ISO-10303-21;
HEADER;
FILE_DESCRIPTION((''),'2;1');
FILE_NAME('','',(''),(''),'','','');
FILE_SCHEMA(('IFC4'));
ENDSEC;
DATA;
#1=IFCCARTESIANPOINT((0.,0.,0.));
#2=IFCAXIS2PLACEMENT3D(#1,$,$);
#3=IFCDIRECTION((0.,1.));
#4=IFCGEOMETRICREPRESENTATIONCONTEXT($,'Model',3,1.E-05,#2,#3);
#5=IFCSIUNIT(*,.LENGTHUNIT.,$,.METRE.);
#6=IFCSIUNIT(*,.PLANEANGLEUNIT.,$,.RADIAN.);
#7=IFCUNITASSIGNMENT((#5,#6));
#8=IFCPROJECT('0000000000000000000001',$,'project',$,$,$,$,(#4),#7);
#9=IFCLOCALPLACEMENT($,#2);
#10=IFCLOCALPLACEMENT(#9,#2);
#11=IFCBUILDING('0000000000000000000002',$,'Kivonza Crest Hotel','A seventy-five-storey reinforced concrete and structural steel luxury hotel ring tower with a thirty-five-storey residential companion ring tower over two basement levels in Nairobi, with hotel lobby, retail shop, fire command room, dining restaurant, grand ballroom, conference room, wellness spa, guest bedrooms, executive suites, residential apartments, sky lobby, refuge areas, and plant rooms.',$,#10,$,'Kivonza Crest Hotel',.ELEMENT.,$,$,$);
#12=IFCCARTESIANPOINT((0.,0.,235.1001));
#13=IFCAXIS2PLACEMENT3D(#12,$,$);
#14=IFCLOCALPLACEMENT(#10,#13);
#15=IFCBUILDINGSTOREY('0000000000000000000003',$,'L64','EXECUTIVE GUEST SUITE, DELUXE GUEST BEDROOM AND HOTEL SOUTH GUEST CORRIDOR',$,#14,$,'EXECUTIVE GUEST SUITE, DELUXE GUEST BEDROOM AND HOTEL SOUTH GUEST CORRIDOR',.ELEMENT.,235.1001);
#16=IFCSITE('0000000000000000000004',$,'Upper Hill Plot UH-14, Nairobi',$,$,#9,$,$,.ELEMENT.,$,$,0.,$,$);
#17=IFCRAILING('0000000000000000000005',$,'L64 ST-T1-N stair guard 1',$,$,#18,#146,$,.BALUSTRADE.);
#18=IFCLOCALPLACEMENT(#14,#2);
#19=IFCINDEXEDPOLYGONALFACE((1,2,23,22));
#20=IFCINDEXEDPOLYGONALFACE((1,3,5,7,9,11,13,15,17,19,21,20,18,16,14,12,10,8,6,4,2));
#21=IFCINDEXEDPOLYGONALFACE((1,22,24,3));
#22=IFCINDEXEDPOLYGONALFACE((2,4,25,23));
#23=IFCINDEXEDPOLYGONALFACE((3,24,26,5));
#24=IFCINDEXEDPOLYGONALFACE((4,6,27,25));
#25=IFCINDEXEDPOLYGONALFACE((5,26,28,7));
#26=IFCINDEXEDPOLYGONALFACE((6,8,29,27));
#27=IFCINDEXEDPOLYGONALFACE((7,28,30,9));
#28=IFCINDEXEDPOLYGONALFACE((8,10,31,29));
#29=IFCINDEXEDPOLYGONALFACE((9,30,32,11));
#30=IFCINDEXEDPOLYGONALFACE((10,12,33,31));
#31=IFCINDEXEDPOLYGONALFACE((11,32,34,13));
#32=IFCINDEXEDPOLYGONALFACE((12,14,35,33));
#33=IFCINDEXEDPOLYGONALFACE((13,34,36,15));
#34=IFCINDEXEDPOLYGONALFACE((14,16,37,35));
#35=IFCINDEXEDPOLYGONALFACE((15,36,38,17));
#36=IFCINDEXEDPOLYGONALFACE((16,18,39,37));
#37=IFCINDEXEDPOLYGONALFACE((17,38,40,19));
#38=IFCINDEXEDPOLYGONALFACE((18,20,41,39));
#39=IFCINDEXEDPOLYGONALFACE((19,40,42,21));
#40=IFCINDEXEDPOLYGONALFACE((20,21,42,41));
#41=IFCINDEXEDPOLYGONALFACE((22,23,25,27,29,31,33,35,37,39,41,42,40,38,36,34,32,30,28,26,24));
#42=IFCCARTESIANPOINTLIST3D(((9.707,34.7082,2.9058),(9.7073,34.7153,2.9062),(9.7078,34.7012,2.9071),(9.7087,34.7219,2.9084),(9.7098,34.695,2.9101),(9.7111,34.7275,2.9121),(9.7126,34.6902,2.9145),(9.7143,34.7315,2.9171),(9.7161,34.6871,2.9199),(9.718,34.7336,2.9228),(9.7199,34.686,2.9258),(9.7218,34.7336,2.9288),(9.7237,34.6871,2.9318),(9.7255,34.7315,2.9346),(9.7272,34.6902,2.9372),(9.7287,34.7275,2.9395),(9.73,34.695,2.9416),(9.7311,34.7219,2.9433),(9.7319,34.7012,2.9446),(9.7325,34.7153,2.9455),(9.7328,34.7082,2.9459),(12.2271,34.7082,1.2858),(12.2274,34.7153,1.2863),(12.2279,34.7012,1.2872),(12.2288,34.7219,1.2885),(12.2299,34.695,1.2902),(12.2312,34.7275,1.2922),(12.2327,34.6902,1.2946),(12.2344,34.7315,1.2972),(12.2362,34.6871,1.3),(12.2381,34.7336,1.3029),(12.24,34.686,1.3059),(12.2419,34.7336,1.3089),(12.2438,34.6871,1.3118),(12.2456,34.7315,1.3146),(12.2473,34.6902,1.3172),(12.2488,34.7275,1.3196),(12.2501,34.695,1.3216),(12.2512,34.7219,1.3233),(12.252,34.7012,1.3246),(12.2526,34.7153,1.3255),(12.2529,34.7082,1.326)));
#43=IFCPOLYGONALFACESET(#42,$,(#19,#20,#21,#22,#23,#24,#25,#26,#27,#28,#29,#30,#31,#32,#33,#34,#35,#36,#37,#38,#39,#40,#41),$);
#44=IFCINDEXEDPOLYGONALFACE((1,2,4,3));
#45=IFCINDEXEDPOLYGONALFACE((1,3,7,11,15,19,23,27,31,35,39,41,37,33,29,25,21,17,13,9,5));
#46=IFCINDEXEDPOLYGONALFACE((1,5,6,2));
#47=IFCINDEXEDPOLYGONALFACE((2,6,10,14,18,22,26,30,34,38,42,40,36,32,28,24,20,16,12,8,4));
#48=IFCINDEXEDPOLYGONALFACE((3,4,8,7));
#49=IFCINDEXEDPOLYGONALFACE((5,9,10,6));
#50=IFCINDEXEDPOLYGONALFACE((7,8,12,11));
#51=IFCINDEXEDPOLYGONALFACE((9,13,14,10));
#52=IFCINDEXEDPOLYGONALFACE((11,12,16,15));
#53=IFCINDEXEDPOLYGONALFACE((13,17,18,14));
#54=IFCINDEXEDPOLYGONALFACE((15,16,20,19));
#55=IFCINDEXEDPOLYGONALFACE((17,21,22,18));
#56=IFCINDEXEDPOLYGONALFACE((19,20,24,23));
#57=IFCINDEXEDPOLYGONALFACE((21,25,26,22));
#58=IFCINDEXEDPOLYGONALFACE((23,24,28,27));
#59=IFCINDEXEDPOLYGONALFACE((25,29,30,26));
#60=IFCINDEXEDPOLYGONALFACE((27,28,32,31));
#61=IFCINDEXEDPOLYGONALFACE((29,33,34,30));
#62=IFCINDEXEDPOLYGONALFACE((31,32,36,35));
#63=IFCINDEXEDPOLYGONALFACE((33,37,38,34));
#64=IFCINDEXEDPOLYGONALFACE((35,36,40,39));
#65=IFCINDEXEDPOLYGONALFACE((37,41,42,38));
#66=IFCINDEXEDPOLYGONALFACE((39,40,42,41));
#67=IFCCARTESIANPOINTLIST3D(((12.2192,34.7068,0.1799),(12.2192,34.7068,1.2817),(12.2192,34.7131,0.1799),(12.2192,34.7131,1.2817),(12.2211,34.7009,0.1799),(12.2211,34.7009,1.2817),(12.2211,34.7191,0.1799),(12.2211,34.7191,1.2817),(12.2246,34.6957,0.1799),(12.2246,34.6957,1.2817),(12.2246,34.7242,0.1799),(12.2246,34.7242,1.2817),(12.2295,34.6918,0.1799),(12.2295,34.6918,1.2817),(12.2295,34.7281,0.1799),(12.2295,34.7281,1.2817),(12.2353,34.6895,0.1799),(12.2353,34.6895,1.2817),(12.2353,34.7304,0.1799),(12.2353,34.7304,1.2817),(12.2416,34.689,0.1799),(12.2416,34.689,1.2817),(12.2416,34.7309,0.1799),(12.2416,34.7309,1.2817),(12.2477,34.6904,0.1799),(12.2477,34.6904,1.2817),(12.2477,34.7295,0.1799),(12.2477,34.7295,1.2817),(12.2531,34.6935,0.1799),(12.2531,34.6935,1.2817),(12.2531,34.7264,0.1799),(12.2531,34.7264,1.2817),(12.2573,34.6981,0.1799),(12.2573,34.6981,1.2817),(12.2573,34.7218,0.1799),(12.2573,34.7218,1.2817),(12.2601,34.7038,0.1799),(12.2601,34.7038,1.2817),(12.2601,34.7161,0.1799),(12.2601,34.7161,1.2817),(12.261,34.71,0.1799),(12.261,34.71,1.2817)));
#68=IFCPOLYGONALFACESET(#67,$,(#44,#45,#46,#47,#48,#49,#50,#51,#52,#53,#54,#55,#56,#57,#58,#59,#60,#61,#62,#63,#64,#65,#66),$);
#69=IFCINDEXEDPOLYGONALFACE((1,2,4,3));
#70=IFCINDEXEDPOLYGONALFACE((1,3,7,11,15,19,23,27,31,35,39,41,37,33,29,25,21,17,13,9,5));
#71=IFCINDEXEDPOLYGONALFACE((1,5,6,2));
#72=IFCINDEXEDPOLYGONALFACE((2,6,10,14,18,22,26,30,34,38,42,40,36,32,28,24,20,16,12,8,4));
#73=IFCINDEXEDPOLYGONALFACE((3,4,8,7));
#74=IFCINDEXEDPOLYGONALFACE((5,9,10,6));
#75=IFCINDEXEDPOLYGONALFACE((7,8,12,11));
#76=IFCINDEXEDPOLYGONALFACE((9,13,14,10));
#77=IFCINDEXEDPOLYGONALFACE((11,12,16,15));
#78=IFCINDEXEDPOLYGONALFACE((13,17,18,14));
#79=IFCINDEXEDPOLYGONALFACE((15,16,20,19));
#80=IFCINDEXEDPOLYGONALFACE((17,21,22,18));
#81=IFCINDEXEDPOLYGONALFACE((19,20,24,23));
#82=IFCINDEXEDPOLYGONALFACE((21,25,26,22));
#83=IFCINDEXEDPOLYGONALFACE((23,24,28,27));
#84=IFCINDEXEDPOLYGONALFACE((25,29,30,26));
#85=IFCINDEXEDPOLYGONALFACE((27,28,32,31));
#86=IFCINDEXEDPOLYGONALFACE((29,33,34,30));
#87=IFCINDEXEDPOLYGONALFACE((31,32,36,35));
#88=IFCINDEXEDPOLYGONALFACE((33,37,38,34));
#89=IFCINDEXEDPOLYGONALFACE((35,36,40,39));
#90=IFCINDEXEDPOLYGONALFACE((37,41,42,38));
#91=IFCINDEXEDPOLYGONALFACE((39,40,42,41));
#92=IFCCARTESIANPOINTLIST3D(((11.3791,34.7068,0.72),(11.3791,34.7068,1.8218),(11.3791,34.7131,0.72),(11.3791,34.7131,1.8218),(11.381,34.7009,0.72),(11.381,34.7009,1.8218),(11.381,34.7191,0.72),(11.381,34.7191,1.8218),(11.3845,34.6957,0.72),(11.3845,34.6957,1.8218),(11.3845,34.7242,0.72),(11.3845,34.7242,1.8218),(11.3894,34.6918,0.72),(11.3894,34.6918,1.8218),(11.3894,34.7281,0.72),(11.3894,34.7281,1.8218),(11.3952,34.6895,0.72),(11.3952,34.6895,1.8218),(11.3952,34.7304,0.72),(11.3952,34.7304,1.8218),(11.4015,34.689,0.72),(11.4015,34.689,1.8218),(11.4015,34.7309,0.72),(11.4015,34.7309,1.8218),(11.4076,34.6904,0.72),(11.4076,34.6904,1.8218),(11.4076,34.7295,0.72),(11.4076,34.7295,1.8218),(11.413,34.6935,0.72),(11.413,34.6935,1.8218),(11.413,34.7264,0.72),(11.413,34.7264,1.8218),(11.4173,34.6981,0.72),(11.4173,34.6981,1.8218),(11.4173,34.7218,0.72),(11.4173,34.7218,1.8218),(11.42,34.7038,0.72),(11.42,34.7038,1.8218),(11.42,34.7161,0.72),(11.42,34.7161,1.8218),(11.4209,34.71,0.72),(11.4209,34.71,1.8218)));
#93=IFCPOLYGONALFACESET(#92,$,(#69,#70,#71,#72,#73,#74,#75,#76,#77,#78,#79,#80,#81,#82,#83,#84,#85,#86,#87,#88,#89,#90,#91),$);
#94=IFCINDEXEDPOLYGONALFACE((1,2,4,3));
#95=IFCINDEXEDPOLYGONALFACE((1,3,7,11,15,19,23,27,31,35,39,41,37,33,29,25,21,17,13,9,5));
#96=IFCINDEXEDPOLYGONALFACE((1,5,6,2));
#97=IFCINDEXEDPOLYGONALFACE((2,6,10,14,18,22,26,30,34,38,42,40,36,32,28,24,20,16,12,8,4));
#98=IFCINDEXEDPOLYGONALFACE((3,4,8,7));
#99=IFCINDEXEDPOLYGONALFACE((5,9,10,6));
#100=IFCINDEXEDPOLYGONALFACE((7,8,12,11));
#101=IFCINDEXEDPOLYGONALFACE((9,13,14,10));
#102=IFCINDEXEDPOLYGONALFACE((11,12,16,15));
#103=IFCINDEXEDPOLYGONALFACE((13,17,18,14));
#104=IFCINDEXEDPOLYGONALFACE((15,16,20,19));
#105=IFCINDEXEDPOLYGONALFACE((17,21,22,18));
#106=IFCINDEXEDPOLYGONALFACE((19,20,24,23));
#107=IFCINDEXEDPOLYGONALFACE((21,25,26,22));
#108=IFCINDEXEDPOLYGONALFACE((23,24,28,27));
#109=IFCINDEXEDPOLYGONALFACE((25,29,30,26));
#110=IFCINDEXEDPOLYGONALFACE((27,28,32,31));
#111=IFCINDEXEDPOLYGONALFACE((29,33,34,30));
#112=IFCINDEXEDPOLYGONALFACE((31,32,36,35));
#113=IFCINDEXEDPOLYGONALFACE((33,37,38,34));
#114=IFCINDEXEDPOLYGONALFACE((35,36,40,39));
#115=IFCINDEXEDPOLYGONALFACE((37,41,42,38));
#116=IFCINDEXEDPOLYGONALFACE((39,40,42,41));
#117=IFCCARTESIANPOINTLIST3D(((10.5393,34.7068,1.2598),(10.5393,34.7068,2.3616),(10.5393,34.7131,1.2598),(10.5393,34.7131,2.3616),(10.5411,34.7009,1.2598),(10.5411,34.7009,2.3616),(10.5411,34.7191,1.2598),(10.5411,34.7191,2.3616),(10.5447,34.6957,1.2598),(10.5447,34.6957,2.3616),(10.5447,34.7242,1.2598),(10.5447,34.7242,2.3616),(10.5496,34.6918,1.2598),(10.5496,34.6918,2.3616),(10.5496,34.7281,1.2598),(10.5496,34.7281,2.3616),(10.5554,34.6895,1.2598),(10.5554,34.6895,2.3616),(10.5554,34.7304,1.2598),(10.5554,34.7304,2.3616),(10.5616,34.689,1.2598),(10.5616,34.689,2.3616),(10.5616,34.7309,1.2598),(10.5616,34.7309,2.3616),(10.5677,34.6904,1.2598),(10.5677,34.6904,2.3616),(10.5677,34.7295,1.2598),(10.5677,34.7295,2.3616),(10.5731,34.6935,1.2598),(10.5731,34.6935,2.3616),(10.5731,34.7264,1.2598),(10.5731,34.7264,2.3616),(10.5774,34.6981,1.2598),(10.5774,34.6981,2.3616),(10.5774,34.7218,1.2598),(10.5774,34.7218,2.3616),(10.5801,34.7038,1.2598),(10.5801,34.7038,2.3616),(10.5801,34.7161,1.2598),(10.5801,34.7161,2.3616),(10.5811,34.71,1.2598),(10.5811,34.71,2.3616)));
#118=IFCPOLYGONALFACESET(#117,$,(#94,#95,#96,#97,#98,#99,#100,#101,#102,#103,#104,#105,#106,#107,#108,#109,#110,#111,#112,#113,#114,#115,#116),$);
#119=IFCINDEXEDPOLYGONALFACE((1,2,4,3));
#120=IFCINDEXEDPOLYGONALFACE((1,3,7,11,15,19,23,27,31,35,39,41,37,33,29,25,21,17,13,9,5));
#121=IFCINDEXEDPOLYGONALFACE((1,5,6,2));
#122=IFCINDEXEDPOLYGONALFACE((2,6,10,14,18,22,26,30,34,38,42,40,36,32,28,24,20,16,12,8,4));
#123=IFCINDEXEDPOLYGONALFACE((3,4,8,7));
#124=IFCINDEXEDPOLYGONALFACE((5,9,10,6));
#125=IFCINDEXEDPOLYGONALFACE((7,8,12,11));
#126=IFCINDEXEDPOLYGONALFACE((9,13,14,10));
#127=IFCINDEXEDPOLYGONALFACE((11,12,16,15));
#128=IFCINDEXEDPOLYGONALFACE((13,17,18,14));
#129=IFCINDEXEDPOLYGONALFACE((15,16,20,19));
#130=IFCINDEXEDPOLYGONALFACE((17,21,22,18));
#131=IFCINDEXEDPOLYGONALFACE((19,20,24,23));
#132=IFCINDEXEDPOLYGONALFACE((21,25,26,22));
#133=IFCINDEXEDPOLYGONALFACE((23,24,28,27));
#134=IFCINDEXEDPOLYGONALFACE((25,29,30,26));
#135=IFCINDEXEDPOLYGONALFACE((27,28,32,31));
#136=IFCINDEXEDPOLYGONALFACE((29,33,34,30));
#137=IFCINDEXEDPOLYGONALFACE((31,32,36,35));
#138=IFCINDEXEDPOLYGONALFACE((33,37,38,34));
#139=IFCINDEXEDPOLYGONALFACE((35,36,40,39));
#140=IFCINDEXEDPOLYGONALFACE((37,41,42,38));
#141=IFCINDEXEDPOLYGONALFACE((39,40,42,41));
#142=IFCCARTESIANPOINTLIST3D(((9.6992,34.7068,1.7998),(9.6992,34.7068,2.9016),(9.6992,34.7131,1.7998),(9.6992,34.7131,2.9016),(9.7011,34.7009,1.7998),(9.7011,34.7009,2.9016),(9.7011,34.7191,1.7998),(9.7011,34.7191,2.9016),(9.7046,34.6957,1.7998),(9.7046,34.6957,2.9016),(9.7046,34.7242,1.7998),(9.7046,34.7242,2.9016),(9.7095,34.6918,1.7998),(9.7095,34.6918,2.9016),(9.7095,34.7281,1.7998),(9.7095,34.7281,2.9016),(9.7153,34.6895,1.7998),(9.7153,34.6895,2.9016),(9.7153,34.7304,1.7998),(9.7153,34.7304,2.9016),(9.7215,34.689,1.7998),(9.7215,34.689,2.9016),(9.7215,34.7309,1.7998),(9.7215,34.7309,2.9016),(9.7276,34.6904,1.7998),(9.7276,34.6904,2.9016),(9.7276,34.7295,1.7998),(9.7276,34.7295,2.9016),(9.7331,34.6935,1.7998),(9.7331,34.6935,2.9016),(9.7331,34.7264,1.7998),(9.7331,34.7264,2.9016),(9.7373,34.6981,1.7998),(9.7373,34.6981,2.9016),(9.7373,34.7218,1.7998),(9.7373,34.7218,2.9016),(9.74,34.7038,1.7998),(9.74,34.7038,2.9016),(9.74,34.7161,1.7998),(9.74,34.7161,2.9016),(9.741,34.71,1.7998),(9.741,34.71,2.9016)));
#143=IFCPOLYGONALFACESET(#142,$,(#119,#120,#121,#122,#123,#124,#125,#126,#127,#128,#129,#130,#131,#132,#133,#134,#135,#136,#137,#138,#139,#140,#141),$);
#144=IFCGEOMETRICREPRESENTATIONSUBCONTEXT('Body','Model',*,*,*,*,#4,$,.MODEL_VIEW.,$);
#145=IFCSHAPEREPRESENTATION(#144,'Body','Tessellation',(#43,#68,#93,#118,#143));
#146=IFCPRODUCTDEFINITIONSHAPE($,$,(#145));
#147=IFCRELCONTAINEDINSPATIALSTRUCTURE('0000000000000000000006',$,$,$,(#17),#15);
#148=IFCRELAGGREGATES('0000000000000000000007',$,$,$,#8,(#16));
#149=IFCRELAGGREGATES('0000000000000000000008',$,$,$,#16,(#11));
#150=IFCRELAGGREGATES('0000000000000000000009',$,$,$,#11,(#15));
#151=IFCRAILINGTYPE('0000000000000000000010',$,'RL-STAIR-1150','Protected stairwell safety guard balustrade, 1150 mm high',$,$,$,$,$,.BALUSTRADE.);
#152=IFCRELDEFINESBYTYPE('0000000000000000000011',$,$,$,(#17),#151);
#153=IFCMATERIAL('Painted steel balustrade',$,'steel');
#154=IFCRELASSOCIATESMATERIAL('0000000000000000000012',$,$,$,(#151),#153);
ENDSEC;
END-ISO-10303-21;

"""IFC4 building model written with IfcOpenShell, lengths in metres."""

from ifc_helpers import new_model, si_unit, direction, frame, origin, origin_2d, place, context, subcontext, project, spatial, circle, extrude, material, type_object, element, save


model = new_model("IFC4")

# Units and contexts
model_context = context("Model", 3, precision=1e-05, world=origin(), true_north=direction((0.0, 1.0)))
body_context = subcontext(model_context, "Body", "Model", "MODEL_VIEW")
ifc_project = project(units=[si_unit("LENGTHUNIT", "METRE"), si_unit("PLANEANGLEUNIT", "RADIAN")], contexts=[model_context])

# Site, building, storey
site_placement = place(None, origin())
site = spatial("IfcSite", under=ifc_project, at=site_placement, Name="Upper Hill Plot UH-14, Nairobi", CompositionType="ELEMENT", RefElevation=0.0)
building_placement = place(site_placement, origin())
building = spatial("IfcBuilding", under=site, at=building_placement, Name="Kivonza Crest Hotel", Description="A seventy-five-storey reinforced concrete and structural steel luxury hotel ring tower with a thirty-five-storey residential companion ring tower over two basement levels in Nairobi, with hotel lobby, retail shop, fire command room, dining restaurant, grand ballroom, conference room, wellness spa, guest bedrooms, executive suites, residential apartments, sky lobby, refuge areas, and plant rooms.", LongName="Kivonza Crest Hotel", CompositionType="ELEMENT")
storey_placement = place(building_placement, frame((0.0, 0.0, 235.1001)))
storey = spatial("IfcBuildingStorey", under=building, at=storey_placement, Name="L64", Description="EXECUTIVE GUEST SUITE, DELUXE GUEST BEDROOM AND HOTEL SOUTH GUEST CORRIDOR", LongName="EXECUTIVE GUEST SUITE, DELUXE GUEST BEDROOM AND HOTEL SOUTH GUEST CORRIDOR", CompositionType="ELEMENT", Elevation=235.1001)

# Railing
ifc_material_1 = material(Name="Painted steel balustrade", Category="steel")
railing_type_1 = type_object("IfcRailingType", Name="RL-STAIR-1150", Description="Protected stairwell safety guard balustrade, 1150 mm high", PredefinedType="BALUSTRADE", material=ifc_material_1)
railing_1_placement = place(storey_placement, frame((12.24, 34.71, 0.1799)))
element("IfcRailing", 1, at=railing_1_placement, inside=storey, type_object=railing_type_1, Name="L64 ST-T1-N stair guard 1", PredefinedType="BALUSTRADE", context=body_context, shape_type="SweptSolid", body=[
    extrude(circle(Radius=0.0239, at=origin_2d()), frame((0.0, 0.0, 1.126), z_axis=(-0.8412, 0.0, 0.540725), x_axis=(0.0, -1.0, 0.0)), (0.0, 0.0, 1.0), 2.9958),
    extrude(circle(Radius=0.021, at=origin_2d()), origin(), (0.0, 0.0, 1.0), 1.1018),
    extrude(circle(Radius=0.021, at=origin_2d()), frame((-0.8401, 0.0, 0.54)), (0.0, 0.0, 1.0), 1.1018),
    extrude(circle(Radius=0.021, at=origin_2d()), frame((-1.6799, 0.0, 1.0798)), (0.0, 0.0, 1.0), 1.1018),
    extrude(circle(Radius=0.021, at=origin_2d()), frame((-2.52, 0.0, 1.6199)), (0.0, 0.0, 1.0), 1.1018),
])

save(model, "model.ifc")
